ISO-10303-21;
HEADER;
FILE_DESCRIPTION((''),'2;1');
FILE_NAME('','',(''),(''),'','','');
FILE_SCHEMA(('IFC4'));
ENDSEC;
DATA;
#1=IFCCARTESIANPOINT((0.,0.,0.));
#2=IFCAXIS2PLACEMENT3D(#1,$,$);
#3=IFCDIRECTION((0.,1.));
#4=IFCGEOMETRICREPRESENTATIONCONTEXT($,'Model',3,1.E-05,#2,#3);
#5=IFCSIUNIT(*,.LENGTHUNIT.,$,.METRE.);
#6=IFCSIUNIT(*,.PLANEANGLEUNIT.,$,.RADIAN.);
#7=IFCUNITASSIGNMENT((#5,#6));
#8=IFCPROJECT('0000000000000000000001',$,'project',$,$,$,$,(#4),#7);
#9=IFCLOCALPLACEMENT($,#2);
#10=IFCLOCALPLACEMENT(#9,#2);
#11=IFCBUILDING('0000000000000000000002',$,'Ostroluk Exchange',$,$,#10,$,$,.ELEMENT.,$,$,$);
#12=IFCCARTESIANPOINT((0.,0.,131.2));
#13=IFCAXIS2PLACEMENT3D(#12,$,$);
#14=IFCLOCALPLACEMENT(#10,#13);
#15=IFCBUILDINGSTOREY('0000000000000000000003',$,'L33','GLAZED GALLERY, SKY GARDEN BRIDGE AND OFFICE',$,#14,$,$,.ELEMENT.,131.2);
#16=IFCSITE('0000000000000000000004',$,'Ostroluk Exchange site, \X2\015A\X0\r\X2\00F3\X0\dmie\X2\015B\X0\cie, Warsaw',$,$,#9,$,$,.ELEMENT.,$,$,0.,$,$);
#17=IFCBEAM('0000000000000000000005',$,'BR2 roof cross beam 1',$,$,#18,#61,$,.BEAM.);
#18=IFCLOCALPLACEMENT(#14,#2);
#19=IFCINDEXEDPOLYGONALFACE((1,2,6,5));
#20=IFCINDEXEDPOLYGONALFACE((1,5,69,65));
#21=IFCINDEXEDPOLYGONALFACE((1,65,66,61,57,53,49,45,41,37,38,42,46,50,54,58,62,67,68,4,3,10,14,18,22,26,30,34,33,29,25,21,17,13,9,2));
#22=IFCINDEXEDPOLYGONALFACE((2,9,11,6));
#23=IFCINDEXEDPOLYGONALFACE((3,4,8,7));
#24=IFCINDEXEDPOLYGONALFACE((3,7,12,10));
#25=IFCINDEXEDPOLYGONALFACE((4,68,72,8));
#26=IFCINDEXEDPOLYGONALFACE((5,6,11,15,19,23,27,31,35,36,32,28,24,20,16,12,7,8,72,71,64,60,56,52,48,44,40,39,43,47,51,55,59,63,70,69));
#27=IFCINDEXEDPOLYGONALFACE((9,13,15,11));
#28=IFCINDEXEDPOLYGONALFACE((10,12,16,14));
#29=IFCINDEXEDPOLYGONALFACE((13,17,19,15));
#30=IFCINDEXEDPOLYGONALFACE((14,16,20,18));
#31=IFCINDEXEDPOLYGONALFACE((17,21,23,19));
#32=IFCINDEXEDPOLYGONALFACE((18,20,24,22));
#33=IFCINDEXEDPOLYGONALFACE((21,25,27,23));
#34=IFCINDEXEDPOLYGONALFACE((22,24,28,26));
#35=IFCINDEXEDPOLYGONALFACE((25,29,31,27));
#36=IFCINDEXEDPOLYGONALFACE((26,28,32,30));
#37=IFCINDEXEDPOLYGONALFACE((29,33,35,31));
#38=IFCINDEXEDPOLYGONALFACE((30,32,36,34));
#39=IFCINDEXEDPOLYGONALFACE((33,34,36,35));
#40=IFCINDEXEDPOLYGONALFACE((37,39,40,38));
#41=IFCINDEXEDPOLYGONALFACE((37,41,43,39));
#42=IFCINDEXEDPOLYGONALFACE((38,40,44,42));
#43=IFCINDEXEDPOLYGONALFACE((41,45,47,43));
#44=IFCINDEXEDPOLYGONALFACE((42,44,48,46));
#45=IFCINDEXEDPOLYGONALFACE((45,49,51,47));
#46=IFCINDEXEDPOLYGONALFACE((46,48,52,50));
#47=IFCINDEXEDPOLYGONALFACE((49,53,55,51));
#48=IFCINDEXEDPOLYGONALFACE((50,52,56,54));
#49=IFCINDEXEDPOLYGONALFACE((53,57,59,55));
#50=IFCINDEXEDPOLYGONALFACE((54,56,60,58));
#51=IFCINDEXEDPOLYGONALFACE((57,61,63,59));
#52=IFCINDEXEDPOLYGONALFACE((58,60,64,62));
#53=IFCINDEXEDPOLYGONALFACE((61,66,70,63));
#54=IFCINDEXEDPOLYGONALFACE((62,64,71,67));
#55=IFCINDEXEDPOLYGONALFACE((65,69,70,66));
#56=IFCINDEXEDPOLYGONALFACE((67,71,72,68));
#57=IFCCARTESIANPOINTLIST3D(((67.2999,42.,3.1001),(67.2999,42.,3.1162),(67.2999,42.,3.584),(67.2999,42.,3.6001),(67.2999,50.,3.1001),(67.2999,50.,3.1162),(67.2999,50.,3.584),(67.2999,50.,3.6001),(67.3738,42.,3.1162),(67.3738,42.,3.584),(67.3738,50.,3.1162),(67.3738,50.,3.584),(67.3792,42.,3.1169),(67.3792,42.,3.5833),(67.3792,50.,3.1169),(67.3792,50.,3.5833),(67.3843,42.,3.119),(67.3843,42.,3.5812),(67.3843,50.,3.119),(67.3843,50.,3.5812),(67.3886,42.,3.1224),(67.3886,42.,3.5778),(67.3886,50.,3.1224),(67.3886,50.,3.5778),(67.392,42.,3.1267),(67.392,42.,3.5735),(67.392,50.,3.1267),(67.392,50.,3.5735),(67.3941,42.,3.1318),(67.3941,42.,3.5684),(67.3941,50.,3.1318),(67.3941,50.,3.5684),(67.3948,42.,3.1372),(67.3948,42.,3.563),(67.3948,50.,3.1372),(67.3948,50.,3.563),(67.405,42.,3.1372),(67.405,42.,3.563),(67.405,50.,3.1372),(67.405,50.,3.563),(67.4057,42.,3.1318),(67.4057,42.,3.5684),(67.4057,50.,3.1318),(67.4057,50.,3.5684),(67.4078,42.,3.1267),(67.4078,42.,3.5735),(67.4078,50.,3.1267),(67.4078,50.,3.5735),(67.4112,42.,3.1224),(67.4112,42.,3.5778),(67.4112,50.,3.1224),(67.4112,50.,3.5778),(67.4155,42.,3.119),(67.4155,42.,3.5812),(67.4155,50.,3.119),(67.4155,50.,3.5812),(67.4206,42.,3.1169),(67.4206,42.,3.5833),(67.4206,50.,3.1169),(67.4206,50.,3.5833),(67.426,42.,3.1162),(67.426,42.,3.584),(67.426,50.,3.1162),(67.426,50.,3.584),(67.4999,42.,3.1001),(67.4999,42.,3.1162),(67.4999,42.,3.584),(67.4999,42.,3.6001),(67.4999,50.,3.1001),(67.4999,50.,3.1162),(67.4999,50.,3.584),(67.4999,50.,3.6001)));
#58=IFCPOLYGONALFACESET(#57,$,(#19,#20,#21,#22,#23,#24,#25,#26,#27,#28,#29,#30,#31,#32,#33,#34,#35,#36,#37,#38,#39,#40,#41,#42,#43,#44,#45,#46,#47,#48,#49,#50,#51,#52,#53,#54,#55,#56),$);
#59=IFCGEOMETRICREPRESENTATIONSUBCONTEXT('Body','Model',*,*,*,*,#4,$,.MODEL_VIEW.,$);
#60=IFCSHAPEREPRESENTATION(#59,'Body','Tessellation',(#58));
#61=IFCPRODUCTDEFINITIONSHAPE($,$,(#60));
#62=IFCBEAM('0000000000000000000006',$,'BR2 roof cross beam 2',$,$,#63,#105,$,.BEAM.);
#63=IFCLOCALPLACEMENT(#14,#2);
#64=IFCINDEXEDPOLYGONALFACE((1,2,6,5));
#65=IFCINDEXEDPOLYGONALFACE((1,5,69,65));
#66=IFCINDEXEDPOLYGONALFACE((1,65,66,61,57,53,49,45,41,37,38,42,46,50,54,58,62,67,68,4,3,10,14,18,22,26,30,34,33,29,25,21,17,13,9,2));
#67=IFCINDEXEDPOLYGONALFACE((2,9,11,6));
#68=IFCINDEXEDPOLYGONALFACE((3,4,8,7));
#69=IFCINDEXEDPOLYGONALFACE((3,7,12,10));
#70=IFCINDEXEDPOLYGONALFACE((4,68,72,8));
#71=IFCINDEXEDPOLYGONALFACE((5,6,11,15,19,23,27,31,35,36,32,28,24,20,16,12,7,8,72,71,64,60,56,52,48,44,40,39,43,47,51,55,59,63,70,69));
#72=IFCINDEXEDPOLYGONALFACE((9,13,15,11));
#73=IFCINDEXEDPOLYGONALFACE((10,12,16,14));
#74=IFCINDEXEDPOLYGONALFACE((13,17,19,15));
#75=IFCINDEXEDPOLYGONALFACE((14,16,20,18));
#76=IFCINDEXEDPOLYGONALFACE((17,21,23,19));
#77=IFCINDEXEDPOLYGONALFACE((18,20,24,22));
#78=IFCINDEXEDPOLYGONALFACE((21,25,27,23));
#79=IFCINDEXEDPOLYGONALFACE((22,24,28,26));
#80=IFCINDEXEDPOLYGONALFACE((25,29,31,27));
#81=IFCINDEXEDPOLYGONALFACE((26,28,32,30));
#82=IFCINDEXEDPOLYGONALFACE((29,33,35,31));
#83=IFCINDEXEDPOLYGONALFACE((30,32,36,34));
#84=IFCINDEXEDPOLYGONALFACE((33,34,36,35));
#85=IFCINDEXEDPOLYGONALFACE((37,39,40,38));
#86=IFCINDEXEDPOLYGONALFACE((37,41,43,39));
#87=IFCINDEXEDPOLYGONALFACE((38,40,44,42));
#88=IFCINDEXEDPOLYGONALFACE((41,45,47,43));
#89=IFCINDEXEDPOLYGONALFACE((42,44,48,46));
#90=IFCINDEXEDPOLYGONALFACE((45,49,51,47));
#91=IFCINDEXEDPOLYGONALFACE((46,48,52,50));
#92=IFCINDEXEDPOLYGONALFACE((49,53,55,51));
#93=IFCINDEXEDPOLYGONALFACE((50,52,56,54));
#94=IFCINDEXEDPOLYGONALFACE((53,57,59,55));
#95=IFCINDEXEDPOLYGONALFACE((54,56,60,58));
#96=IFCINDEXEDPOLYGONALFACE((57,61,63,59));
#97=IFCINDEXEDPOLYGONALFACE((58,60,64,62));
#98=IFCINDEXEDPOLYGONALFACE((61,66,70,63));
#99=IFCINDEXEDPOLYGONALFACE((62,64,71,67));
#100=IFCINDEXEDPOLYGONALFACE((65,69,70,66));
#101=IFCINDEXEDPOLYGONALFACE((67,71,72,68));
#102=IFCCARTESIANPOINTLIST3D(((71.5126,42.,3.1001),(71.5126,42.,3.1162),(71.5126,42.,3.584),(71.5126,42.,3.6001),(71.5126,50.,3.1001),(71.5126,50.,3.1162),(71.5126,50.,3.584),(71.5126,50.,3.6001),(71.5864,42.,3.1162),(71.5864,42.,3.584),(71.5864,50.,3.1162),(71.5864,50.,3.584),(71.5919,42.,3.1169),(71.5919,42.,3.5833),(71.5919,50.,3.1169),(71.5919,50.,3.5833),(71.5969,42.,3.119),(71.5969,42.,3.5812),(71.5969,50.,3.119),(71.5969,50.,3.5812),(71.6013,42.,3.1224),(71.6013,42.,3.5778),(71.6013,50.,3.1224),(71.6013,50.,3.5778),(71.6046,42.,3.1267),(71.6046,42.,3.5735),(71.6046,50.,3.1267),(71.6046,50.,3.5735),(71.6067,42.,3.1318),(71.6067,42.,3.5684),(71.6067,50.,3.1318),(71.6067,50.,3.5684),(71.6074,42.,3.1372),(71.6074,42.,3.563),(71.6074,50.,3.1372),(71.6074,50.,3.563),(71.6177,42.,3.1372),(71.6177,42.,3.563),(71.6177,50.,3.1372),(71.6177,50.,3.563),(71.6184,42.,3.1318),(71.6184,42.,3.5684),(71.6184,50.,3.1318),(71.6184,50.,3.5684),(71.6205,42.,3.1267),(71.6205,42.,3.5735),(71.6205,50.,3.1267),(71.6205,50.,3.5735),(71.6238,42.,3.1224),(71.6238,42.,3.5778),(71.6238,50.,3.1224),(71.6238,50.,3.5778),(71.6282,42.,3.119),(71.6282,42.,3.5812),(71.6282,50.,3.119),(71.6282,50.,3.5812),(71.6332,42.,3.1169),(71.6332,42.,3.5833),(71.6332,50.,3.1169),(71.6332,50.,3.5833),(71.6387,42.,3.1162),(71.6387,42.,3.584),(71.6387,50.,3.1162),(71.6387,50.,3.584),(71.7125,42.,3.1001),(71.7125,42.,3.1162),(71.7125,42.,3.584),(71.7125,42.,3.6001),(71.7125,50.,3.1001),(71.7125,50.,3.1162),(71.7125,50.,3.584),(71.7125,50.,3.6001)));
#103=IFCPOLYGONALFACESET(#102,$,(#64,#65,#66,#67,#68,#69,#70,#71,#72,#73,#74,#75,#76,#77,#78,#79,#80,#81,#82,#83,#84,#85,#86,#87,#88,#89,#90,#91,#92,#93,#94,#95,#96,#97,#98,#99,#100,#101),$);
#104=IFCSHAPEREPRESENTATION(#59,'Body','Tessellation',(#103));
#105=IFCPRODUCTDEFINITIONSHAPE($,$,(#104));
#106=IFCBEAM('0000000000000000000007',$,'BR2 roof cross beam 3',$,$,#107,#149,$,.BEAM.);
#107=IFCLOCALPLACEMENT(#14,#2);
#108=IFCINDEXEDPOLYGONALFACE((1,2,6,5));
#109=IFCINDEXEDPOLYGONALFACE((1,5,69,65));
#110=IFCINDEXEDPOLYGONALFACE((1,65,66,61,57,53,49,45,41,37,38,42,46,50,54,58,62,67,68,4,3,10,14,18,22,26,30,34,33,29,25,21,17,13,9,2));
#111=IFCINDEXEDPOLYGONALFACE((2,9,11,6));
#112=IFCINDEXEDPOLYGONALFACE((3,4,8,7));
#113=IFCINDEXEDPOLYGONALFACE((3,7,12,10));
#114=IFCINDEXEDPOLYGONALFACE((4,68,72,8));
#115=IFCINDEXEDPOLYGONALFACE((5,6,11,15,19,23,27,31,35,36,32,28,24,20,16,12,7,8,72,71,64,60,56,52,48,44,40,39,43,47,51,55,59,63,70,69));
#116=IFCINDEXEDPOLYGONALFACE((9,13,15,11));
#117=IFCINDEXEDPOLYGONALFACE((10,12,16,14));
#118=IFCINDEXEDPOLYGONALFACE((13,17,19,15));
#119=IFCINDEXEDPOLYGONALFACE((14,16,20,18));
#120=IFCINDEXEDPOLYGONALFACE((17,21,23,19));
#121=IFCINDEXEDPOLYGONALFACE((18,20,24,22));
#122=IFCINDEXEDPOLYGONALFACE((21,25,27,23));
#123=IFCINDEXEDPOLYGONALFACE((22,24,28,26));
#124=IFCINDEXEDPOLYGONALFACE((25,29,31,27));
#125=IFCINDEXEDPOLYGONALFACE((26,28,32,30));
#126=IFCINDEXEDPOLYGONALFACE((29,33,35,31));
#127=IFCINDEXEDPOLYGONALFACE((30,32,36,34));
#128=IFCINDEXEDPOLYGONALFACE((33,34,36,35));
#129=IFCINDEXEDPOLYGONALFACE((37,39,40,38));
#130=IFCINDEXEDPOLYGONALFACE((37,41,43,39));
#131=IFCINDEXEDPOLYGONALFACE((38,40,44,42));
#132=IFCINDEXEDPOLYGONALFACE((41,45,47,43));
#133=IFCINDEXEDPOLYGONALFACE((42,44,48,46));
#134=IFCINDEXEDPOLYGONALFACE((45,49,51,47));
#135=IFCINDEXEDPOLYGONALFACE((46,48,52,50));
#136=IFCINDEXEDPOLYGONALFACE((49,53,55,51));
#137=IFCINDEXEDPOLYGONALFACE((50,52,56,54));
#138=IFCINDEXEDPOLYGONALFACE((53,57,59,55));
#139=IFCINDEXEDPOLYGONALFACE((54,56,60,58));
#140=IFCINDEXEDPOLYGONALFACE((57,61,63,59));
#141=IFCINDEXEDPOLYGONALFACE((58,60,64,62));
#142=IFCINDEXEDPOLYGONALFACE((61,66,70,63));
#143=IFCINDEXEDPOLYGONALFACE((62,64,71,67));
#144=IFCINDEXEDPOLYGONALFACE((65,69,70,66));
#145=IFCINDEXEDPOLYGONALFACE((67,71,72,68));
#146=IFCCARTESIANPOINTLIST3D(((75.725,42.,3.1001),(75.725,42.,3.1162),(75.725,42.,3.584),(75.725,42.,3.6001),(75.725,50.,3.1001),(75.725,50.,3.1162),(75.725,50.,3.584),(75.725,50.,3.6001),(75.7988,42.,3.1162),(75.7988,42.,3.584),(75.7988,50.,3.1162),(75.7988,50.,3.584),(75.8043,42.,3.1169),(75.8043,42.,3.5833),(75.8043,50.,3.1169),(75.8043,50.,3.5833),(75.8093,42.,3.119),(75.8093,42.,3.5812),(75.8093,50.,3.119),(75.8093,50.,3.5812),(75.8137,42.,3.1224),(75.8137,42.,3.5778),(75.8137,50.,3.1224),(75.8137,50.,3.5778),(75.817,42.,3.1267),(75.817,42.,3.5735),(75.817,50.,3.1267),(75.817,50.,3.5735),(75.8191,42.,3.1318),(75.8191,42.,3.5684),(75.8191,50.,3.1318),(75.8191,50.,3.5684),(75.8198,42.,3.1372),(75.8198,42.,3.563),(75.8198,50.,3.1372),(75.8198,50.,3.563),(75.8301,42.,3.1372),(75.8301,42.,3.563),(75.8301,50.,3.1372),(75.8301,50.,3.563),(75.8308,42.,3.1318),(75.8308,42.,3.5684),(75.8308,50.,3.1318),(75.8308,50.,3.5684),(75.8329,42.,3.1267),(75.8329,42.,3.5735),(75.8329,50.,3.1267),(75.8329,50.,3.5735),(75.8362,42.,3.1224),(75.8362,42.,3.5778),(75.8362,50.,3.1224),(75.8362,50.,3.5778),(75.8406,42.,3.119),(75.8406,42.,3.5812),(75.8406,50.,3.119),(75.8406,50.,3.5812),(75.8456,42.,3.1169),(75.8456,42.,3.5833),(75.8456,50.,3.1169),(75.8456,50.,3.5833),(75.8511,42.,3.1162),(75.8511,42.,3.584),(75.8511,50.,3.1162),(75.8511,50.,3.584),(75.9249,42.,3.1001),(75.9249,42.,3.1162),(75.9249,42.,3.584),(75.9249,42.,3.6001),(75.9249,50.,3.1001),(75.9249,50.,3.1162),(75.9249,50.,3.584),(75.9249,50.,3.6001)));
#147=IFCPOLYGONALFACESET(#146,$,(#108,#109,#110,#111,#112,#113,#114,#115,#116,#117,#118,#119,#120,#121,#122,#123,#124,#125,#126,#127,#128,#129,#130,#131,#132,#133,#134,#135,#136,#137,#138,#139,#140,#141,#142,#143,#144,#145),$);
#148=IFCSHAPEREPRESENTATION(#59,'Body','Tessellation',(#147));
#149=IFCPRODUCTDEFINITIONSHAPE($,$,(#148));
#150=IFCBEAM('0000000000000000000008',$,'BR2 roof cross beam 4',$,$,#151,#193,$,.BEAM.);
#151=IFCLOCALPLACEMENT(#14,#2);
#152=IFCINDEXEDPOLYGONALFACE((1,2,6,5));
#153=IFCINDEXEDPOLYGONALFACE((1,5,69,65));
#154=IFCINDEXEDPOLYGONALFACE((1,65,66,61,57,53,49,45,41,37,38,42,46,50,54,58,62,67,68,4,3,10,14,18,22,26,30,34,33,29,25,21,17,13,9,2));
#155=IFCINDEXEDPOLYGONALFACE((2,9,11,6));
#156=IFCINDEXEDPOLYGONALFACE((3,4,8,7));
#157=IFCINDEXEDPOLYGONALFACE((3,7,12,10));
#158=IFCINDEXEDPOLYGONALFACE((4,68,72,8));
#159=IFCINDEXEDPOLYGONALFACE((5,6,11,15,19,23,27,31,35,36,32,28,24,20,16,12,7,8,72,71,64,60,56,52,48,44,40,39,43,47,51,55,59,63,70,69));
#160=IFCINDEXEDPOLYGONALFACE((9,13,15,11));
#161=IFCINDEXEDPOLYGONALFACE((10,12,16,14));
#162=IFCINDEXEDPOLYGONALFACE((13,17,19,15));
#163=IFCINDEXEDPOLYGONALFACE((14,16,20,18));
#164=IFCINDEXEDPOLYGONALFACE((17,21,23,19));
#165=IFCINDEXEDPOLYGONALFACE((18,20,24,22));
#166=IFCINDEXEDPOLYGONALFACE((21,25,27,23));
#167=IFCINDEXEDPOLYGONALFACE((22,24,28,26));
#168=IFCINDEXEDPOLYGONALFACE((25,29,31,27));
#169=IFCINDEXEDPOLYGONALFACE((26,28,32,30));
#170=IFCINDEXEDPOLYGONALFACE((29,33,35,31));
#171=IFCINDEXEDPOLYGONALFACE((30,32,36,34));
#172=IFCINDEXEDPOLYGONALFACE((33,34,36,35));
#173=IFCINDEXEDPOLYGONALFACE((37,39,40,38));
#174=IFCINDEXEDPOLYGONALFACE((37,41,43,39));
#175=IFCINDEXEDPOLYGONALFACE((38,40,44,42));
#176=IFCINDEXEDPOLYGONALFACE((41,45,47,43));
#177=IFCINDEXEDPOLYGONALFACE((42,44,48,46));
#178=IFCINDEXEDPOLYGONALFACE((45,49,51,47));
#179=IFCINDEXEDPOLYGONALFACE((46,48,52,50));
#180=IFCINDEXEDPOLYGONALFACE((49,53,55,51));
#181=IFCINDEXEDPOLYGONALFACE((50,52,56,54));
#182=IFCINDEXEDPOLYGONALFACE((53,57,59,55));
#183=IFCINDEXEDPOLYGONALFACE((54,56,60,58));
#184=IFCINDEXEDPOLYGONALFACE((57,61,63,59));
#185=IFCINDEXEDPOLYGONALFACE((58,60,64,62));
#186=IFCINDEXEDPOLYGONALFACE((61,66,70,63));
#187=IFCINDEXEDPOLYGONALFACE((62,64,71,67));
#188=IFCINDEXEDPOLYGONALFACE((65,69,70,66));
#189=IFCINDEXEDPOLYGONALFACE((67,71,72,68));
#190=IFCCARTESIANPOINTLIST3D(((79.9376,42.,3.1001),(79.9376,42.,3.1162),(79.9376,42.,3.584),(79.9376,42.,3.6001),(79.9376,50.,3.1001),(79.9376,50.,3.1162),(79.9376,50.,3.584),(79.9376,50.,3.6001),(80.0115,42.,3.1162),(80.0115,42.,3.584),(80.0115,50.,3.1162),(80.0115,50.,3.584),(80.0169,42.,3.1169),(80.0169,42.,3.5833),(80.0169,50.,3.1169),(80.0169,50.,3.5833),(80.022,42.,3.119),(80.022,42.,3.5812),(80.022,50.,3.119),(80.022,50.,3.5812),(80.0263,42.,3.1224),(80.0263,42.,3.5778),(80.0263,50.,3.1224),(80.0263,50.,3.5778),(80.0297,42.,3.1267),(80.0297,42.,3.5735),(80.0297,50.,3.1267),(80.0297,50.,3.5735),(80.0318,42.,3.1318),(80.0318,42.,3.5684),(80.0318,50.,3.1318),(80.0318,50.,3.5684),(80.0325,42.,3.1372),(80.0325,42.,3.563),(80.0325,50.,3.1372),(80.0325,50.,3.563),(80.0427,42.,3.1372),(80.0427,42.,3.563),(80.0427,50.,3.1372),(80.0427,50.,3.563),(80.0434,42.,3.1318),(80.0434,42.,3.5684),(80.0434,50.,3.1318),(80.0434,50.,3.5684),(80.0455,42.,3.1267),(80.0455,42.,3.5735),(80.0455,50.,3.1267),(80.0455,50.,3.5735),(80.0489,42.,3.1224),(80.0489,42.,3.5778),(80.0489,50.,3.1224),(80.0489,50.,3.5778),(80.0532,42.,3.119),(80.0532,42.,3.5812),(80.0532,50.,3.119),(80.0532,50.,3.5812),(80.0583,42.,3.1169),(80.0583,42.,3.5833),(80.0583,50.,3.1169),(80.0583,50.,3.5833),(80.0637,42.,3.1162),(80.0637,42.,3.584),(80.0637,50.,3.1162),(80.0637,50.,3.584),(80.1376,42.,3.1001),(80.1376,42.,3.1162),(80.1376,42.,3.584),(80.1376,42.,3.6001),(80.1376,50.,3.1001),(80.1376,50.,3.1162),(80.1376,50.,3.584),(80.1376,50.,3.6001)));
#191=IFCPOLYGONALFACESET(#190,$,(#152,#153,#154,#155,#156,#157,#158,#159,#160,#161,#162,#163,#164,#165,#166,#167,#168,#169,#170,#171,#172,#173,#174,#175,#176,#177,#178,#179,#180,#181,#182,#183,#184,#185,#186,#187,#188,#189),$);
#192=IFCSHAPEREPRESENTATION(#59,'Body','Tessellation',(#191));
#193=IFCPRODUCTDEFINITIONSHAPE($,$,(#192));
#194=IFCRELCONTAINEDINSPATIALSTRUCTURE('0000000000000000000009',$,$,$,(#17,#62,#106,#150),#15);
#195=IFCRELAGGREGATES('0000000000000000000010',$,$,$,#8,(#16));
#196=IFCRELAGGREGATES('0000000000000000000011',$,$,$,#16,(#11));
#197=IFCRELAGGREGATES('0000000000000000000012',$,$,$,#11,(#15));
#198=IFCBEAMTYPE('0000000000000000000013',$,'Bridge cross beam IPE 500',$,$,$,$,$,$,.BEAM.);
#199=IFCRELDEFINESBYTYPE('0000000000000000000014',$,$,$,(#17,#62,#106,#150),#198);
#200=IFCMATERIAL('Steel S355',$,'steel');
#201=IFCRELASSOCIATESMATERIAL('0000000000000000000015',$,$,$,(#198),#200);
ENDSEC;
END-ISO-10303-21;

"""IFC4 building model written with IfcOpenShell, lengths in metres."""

from ifc_helpers import new_model, si_unit, direction, frame, origin, origin_2d, place, context, subcontext, project, spatial, i_section, extrude, material, material_profile, profile_set, type_object, element, save


model = new_model("IFC4")

# Units and contexts
model_context = context("Model", 3, precision=1e-05, world=origin(), true_north=direction((0.0, 1.0)))
body_context = subcontext(model_context, "Body", "Model", "MODEL_VIEW")
ifc_project = project(units=[si_unit("LENGTHUNIT", "METRE"), si_unit("PLANEANGLEUNIT", "RADIAN")], contexts=[model_context])

# Site, building, storey
site_placement = place(None, origin())
site = spatial("IfcSite", under=ifc_project, at=site_placement, Name="Ostroluk Exchange site, Śródmieście, Warsaw", CompositionType="ELEMENT", RefElevation=0.0)
building_placement = place(site_placement, origin())
building = spatial("IfcBuilding", under=site, at=building_placement, Name="Ostroluk Exchange", CompositionType="ELEMENT")
storey_placement = place(building_placement, frame((0.0, 0.0, 131.2)))
storey = spatial("IfcBuildingStorey", under=building, at=storey_placement, Name="L33", Description="GLAZED GALLERY, SKY GARDEN BRIDGE AND OFFICE", CompositionType="ELEMENT", Elevation=131.2)

# Beams
ifc_material_1 = material(Name="Steel S355", Category="steel")
ifc_material_profile_1 = material_profile(ifc_material_1, i_section(OverallWidth=0.2, OverallDepth=0.5, WebThickness=0.0103, FlangeThickness=0.0161, FilletRadius=0.021, at=origin_2d()), Name="IPE 500")
ifc_profile_set_1 = profile_set([ifc_material_profile_1], Name="Steel S355")
beam_type_1 = type_object("IfcBeamType", Name="Bridge cross beam IPE 500", PredefinedType="BEAM", material=ifc_profile_set_1)
for number, where, z_axis, x_axis, name in (
    (1, (67.3999, 42.0, 3.3501), (0.0, 1.0, 0.0), (-1.0, 0.0, 0.0), "BR2 roof cross beam 1"),
    (2, (71.6125, 42.0, 3.3501), (0.0, 1.0, 0.0), (-1.0, 0.0, 0.0), "BR2 roof cross beam 2"),
    (3, (75.825, 42.0, 3.3501), (0.0, 1.0, 0.0), (-1.0, 0.0, 0.0), "BR2 roof cross beam 3"),
    (4, (80.0376, 42.0, 3.3501), (0.0, 1.0, 0.0), (-1.0, 0.0, 0.0), "BR2 roof cross beam 4"),
):
    element("IfcBeam", number, at=place(storey_placement, frame(where, z_axis=z_axis, x_axis=x_axis)), inside=storey, type_object=beam_type_1, Name=name, PredefinedType="BEAM", context=body_context, shape_type="SweptSolid", body=[
        extrude(i_section(OverallWidth=0.2, OverallDepth=0.5, WebThickness=0.0103, FlangeThickness=0.0161, FilletRadius=0.021, at=origin_2d()), origin(), (0.0, 0.0, 1.0), 8.0),
    ])

save(model, "model.ifc")
